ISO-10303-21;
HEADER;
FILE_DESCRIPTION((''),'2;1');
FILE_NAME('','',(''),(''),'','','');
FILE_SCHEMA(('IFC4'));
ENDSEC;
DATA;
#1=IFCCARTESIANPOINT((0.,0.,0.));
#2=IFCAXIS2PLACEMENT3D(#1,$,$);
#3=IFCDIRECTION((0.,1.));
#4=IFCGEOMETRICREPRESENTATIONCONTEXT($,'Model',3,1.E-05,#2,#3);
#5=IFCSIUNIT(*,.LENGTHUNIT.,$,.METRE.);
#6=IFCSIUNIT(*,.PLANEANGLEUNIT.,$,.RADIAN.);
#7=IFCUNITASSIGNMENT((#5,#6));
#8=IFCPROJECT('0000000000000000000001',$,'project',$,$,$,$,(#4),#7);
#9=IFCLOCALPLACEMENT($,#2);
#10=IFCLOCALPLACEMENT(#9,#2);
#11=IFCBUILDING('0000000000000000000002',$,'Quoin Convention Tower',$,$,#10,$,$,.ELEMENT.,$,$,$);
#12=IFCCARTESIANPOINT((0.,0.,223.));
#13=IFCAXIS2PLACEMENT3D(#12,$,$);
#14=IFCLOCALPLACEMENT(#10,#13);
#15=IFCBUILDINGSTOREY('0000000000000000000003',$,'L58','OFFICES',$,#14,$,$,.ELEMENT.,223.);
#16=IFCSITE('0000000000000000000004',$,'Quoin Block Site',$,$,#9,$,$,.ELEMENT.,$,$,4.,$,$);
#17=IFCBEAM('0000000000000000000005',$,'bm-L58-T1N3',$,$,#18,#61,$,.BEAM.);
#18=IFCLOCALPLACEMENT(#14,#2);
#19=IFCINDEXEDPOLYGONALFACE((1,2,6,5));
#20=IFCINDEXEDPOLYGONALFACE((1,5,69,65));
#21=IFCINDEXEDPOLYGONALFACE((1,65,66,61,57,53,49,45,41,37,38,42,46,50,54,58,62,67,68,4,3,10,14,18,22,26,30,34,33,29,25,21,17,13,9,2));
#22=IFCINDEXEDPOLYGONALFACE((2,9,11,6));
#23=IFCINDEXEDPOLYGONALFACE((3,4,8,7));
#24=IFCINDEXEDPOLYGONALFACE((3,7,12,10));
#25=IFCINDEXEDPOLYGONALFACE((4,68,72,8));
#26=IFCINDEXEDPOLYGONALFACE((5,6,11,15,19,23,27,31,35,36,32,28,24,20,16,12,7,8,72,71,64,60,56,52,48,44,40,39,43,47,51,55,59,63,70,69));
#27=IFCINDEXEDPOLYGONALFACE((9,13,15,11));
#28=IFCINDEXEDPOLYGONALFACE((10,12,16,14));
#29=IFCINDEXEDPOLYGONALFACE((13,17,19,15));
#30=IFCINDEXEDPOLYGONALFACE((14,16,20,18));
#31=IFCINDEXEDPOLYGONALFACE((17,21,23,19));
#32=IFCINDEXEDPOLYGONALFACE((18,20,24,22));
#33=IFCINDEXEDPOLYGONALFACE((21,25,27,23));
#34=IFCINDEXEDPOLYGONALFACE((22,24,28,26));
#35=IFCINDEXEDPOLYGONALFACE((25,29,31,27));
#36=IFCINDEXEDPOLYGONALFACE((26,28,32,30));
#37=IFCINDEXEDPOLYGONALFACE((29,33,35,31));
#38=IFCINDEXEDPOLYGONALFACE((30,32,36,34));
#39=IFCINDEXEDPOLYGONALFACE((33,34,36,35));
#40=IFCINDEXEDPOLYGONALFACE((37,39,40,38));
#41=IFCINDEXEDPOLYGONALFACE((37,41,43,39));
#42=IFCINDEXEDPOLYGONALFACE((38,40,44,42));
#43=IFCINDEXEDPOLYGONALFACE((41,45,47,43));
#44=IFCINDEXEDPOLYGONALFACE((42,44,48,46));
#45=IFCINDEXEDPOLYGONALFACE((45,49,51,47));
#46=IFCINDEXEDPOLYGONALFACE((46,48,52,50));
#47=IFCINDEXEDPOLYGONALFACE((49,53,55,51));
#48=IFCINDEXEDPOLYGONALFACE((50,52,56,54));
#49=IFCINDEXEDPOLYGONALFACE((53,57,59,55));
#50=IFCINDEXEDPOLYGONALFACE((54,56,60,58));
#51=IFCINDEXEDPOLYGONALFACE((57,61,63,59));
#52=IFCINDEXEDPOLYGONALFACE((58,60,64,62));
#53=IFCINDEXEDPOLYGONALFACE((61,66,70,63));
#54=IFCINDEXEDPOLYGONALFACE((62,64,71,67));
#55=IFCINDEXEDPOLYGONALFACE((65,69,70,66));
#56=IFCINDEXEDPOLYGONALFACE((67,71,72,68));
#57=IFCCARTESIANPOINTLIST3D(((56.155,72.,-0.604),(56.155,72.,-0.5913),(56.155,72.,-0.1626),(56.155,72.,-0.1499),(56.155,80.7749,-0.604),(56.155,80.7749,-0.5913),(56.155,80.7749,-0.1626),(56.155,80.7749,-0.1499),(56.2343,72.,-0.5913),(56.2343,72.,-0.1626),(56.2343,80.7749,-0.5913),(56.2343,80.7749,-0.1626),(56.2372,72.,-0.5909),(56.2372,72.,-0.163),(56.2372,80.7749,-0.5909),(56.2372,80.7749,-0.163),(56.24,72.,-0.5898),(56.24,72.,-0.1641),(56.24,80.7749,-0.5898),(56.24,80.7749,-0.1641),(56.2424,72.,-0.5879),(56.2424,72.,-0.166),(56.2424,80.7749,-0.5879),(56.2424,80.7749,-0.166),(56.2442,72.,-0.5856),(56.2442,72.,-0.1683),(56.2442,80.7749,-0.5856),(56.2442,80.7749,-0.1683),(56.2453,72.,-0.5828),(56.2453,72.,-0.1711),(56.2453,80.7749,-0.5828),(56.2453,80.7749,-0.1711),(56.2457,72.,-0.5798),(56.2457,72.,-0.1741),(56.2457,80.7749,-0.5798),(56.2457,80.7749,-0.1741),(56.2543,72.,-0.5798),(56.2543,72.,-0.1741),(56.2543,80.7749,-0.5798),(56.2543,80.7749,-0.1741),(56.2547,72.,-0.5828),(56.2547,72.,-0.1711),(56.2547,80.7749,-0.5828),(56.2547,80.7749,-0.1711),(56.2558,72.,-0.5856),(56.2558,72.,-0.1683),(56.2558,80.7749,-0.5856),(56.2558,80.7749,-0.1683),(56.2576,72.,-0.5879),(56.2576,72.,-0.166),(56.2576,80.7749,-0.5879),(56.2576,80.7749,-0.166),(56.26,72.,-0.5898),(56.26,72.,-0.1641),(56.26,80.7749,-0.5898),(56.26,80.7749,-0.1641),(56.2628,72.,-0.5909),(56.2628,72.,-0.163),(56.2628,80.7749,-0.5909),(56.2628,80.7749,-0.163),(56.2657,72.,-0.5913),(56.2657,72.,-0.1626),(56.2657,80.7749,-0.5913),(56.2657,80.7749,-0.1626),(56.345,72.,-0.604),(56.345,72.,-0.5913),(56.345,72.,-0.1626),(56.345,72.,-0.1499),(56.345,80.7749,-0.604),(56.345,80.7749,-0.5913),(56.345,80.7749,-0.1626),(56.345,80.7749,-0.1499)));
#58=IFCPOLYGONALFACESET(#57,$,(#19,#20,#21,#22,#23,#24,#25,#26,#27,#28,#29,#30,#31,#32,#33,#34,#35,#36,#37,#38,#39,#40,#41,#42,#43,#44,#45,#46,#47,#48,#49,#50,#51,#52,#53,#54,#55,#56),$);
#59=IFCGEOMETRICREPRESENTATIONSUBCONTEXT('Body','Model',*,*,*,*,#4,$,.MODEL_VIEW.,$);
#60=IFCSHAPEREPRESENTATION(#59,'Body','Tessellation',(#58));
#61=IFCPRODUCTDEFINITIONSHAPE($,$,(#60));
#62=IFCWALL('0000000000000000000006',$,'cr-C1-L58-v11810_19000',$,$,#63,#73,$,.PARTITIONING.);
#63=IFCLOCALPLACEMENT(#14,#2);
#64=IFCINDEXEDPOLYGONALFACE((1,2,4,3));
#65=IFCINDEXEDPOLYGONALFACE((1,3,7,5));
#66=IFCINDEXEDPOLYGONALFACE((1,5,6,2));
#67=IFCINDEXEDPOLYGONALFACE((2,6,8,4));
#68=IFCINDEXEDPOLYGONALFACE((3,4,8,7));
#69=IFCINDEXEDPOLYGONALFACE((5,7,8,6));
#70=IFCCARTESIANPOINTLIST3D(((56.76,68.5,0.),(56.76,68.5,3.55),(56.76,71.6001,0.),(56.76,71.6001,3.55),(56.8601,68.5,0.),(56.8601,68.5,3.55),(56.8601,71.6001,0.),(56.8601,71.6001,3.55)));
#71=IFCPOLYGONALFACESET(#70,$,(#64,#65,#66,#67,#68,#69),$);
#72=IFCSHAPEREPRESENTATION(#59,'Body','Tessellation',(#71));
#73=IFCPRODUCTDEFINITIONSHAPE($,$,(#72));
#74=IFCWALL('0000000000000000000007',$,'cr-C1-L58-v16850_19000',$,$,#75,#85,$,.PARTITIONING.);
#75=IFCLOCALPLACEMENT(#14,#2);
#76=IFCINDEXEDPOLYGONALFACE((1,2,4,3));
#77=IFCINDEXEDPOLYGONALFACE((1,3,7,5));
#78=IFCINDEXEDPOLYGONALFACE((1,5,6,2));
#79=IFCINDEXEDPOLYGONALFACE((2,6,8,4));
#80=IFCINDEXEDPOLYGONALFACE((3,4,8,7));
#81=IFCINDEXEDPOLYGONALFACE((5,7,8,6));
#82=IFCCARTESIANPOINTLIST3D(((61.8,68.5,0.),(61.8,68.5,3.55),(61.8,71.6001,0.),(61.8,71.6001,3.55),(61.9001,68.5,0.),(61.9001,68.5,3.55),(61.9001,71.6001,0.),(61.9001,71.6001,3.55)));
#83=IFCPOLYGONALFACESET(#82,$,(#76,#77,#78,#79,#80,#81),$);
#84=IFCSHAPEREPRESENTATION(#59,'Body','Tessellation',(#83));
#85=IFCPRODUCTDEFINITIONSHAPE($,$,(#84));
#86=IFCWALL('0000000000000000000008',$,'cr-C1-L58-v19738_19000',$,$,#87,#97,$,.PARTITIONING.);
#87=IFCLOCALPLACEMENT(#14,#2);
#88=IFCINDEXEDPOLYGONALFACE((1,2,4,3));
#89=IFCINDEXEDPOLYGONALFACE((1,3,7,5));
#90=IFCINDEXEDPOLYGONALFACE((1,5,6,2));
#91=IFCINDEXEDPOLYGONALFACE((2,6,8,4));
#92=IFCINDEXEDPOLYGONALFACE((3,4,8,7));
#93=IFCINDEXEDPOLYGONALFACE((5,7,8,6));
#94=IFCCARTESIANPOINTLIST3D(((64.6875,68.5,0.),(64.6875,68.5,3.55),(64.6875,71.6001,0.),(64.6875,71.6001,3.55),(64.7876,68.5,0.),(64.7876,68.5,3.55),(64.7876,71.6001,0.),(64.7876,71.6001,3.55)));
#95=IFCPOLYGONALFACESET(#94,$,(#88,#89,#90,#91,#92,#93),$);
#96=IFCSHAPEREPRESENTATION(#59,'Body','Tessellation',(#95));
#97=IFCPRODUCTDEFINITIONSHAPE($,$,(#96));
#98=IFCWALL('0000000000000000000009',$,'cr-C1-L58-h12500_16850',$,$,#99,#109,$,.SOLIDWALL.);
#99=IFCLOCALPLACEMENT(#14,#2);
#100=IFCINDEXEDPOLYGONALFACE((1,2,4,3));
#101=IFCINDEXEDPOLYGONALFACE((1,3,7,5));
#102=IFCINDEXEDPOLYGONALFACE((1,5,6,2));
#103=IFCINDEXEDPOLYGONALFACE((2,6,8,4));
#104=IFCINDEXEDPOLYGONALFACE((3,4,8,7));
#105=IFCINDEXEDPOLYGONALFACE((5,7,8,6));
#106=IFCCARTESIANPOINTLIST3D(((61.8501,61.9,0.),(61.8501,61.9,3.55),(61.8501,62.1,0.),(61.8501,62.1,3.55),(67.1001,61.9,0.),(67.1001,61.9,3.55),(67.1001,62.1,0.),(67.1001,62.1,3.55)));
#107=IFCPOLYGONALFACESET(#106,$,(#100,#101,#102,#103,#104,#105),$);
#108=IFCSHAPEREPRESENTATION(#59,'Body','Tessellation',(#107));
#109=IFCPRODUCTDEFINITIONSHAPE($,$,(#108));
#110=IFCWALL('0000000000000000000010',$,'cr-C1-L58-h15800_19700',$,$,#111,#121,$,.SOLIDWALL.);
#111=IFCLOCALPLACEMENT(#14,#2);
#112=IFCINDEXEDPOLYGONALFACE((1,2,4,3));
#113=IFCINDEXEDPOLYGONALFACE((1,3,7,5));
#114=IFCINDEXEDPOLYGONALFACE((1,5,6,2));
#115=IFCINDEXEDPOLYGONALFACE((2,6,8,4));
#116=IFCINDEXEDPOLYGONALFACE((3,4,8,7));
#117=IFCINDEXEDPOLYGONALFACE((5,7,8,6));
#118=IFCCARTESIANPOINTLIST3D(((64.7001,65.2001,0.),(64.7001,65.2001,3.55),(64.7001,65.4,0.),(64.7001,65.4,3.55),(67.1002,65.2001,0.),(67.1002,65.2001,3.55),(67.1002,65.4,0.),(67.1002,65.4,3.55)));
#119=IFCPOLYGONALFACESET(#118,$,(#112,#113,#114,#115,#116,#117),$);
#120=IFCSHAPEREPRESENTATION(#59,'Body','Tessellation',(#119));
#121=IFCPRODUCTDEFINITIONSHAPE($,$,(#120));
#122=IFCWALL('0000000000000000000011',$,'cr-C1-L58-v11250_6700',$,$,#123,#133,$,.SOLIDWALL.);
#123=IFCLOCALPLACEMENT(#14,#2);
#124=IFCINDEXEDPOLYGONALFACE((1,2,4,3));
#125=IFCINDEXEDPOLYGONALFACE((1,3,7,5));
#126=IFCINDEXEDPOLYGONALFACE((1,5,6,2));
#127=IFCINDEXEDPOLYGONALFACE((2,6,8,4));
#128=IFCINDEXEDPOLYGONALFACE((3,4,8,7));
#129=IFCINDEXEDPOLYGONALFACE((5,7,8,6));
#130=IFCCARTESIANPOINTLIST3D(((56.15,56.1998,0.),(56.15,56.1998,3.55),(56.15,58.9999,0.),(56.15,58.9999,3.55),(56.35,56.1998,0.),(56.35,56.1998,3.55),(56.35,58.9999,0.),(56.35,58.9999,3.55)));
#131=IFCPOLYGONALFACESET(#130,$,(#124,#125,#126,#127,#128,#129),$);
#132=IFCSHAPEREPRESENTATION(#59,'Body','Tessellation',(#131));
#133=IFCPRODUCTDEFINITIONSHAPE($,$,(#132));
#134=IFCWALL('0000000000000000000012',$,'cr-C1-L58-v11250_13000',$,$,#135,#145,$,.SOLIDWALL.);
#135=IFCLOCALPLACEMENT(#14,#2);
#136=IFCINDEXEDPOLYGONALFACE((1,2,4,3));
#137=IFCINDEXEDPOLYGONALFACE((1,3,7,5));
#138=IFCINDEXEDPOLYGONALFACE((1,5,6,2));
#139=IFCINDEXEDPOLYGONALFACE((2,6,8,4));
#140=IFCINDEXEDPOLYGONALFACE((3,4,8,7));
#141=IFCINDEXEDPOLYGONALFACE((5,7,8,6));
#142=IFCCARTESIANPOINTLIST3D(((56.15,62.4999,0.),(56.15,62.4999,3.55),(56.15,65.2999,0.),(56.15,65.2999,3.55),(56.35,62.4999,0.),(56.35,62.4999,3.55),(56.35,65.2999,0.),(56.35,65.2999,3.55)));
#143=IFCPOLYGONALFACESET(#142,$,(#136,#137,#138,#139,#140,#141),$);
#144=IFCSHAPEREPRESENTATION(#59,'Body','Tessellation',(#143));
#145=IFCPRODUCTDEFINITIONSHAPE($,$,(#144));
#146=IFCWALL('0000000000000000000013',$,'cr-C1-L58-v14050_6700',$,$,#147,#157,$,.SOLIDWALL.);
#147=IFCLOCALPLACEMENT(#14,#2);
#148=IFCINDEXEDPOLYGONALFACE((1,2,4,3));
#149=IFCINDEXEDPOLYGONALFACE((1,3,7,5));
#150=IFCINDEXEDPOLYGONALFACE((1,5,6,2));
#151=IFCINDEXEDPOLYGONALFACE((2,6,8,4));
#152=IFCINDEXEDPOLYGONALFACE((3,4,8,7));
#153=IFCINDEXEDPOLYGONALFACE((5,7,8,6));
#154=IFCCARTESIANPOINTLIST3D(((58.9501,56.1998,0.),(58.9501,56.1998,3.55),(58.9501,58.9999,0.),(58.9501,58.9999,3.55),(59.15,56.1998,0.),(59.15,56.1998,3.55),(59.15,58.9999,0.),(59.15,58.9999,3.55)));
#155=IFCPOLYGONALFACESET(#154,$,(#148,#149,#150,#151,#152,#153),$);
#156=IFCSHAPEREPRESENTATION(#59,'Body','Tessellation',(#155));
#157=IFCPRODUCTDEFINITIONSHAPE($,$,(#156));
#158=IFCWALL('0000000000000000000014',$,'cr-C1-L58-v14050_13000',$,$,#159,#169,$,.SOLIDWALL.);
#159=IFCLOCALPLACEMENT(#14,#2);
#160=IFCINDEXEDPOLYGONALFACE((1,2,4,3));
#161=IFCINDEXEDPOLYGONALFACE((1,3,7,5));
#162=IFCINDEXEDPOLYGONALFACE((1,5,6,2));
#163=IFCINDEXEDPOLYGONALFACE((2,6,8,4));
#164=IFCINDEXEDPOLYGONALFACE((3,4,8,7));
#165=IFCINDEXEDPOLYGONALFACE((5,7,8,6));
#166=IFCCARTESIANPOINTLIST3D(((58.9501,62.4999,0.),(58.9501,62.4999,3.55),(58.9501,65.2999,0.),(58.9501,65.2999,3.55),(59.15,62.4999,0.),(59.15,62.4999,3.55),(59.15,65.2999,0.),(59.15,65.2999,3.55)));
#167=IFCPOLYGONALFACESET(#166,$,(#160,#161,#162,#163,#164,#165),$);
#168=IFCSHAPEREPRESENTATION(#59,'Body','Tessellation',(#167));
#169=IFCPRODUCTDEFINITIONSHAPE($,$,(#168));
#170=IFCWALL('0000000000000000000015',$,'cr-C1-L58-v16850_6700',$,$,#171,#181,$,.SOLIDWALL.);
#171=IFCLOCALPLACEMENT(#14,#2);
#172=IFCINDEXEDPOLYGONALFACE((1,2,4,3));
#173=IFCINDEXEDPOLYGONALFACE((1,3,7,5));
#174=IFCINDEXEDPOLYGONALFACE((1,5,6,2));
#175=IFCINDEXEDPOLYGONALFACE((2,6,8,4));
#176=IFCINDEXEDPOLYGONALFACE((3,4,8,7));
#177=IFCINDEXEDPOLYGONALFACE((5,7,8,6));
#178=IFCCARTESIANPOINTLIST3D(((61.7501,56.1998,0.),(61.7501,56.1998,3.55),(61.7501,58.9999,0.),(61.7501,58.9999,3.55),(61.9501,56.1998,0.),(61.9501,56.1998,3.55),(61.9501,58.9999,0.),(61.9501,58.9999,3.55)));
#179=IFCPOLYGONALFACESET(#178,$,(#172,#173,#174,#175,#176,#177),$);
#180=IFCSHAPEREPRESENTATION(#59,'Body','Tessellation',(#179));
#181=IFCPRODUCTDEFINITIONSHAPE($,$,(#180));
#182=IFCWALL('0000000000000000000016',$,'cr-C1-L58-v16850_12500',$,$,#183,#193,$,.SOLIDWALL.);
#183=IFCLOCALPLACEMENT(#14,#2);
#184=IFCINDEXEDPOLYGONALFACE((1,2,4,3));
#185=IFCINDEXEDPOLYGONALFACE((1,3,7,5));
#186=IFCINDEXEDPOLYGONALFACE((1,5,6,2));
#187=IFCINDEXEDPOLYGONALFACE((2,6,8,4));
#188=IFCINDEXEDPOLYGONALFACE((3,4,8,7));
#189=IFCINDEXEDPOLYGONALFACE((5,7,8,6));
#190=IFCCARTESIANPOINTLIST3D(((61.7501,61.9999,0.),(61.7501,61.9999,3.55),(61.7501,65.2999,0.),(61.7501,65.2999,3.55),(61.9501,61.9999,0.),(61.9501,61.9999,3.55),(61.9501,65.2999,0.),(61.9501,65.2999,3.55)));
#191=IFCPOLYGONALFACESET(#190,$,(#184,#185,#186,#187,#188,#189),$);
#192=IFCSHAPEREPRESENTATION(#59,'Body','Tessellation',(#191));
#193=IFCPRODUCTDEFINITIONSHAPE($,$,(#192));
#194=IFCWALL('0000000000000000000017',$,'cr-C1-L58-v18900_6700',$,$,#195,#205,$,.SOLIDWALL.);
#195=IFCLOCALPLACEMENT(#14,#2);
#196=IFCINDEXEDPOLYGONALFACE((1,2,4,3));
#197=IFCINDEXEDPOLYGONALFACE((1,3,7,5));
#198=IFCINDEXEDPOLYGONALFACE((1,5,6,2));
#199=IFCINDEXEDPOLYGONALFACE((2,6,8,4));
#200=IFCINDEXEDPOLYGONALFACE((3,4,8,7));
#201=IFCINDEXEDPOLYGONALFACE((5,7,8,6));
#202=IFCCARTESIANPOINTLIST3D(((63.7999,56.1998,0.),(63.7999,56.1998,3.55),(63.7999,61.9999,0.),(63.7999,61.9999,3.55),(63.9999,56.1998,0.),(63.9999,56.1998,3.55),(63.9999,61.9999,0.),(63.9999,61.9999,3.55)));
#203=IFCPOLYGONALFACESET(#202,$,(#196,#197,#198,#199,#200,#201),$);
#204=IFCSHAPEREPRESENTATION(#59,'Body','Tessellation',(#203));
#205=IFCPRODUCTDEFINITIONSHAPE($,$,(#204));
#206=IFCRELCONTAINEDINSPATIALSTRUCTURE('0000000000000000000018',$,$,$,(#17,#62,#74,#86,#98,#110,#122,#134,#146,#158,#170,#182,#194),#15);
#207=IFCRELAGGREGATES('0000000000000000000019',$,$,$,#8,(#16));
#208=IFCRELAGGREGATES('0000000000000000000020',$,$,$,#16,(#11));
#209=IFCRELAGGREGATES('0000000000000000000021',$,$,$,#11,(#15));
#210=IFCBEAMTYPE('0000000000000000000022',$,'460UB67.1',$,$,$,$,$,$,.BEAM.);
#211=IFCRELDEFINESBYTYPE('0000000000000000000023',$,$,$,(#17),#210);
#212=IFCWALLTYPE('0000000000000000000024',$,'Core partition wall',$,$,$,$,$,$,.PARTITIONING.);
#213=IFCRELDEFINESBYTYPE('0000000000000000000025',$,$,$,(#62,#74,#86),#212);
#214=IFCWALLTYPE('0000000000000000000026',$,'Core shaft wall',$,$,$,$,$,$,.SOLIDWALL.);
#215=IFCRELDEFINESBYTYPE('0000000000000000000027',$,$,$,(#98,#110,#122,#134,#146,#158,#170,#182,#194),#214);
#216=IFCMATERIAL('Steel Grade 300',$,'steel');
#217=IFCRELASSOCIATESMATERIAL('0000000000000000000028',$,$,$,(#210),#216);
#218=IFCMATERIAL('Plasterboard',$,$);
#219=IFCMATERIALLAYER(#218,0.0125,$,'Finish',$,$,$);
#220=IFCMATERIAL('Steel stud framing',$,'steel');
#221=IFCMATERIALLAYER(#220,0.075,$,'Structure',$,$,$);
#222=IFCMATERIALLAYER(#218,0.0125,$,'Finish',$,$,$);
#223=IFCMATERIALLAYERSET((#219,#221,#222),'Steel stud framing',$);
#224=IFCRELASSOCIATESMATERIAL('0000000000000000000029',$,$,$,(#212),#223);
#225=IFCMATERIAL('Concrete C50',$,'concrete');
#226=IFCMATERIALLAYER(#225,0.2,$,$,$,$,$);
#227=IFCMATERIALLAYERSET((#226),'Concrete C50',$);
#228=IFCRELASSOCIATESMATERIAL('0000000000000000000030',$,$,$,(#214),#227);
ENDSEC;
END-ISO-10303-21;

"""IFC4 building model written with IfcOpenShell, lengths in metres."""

from ifc_helpers import new_model, si_unit, direction, frame, frame_2d, origin, origin_2d, place, context, subcontext, project, spatial, rectangle, i_section, extrude, material, layer, layer_set, material_profile, profile_set, type_object, element, save


model = new_model("IFC4")

# Units and contexts
model_context = context("Model", 3, precision=1e-05, world=origin(), true_north=direction((0.0, 1.0)))
body_context = subcontext(model_context, "Body", "Model", "MODEL_VIEW")
ifc_project = project(units=[si_unit("LENGTHUNIT", "METRE"), si_unit("PLANEANGLEUNIT", "RADIAN")], contexts=[model_context])

# Site, building, storey
site_placement = place(None, origin())
site = spatial("IfcSite", under=ifc_project, at=site_placement, Name="Quoin Block Site", CompositionType="ELEMENT", RefElevation=4.0)
building_placement = place(site_placement, origin())
building = spatial("IfcBuilding", under=site, at=building_placement, Name="Quoin Convention Tower", CompositionType="ELEMENT")
storey_placement = place(building_placement, frame((0.0, 0.0, 223.0)))
storey = spatial("IfcBuildingStorey", under=building, at=storey_placement, Name="L58", Description="OFFICES", CompositionType="ELEMENT", Elevation=223.0)

# Beam
ifc_material_1 = material(Name="Steel Grade 300", Category="steel")
ifc_material_profile = material_profile(ifc_material_1, i_section(OverallWidth=0.1899, OverallDepth=0.4541, WebThickness=0.0085, FlangeThickness=0.0127, FilletRadius=0.0115, at=origin_2d()), Name="460UB67.1")
ifc_profile_set = profile_set([ifc_material_profile], Name="Steel Grade 300")
beam_type = type_object("IfcBeamType", Name="460UB67.1", PredefinedType="BEAM", material=ifc_profile_set)
beam_placement = place(storey_placement, frame((56.25, 72.0, -0.377), z_axis=(0.0, 1.0, 0.0), x_axis=(-1.0, 0.0, 0.0)))
element("IfcBeam", 1, at=beam_placement, inside=storey, type_object=beam_type, Name="bm-L58-T1N3", PredefinedType="BEAM", context=body_context, shape_type="SweptSolid", body=[
    extrude(i_section(OverallWidth=0.1899, OverallDepth=0.4541, WebThickness=0.0085, FlangeThickness=0.0127, FilletRadius=0.0115, at=origin_2d()), origin(), (0.0, 0.0, 1.0), 8.7749),
])

# Walls
ifc_material_2 = material(Name="Plasterboard")
ifc_layer_1 = layer(ifc_material_2, 0.0125, Name="Finish")
ifc_material_3 = material(Name="Steel stud framing", Category="steel")
ifc_layer_2 = layer(ifc_material_3, 0.075, Name="Structure")
ifc_layer_3 = layer(ifc_material_2, 0.0125, Name="Finish")
ifc_layer_set_1 = layer_set([ifc_layer_1, ifc_layer_2, ifc_layer_3], Name="Steel stud framing")
wall_type_1 = type_object("IfcWallType", Name="Core partition wall", PredefinedType="PARTITIONING", material=ifc_layer_set_1)
for number, where, z_axis, x_axis, name in (
    (2, (56.8101, 68.5, 0.0), (0.0, 0.0, 1.0), (0.0, 1.0, 0.0), "cr-C1-L58-v11810_19000"),
    (3, (61.8501, 68.5, 0.0), (0.0, 0.0, 1.0), (0.0, 1.0, 0.0), "cr-C1-L58-v16850_19000"),
    (4, (64.7375, 68.5, 0.0), (0.0, 0.0, 1.0), (0.0, 1.0, 0.0), "cr-C1-L58-v19738_19000"),
):
    element("IfcWall", number, at=place(storey_placement, frame(where, z_axis=z_axis, x_axis=x_axis)), inside=storey, type_object=wall_type_1, Name=name, PredefinedType="PARTITIONING", context=body_context, shape_type="SweptSolid", body=[
        extrude(rectangle(XDim=3.1001, YDim=0.1001, at=frame_2d((1.55, 0.0))), origin(), (0.0, 0.0, 1.0), 3.55),
    ])
ifc_material_4 = material(Name="Concrete C50", Category="concrete")
ifc_layer_4 = layer(ifc_material_4, 0.2)
ifc_layer_set_2 = layer_set([ifc_layer_4], Name="Concrete C50")
wall_type_2 = type_object("IfcWallType", Name="Core shaft wall", PredefinedType="SOLIDWALL", material=ifc_layer_set_2)
wall_1_placement = place(storey_placement, frame((61.8501, 62.0, 0.0), z_axis=(0.0, 0.0, 1.0), x_axis=(1.0, 0.0, 0.0)))
element("IfcWall", 5, at=wall_1_placement, inside=storey, type_object=wall_type_2, Name="cr-C1-L58-h12500_16850", PredefinedType="SOLIDWALL", context=body_context, shape_type="SweptSolid", body=[
    extrude(rectangle(XDim=5.25, YDim=0.2, at=frame_2d((2.625, 0.0))), origin(), (0.0, 0.0, 1.0), 3.55),
])
wall_2_placement = place(storey_placement, frame((64.7, 65.3, 0.0), z_axis=(0.0, 0.0, 1.0), x_axis=(1.0, 0.0, 0.0)))
element("IfcWall", 6, at=wall_2_placement, inside=storey, type_object=wall_type_2, Name="cr-C1-L58-h15800_19700", PredefinedType="SOLIDWALL", context=body_context, shape_type="SweptSolid", body=[
    extrude(rectangle(XDim=2.4001, YDim=0.2, at=frame_2d((1.2002, 0.0))), origin(), (0.0, 0.0, 1.0), 3.55),
])
for number, where, z_axis, x_axis, name in (
    (7, (56.25, 56.2, 0.0), (0.0, 0.0, 1.0), (0.0, 1.0, 0.0), "cr-C1-L58-v11250_6700"),
    (8, (56.25, 62.5, 0.0), (0.0, 0.0, 1.0), (0.0, 1.0, 0.0), "cr-C1-L58-v11250_13000"),
    (9, (59.05, 56.2, 0.0), (0.0, 0.0, 1.0), (0.0, 1.0, 0.0), "cr-C1-L58-v14050_6700"),
    (10, (59.05, 62.5, 0.0), (0.0, 0.0, 1.0), (0.0, 1.0, 0.0), "cr-C1-L58-v14050_13000"),
    (11, (61.8501, 56.2, 0.0), (0.0, 0.0, 1.0), (0.0, 1.0, 0.0), "cr-C1-L58-v16850_6700"),
):
    element("IfcWall", number, at=place(storey_placement, frame(where, z_axis=z_axis, x_axis=x_axis)), inside=storey, type_object=wall_type_2, Name=name, PredefinedType="SOLIDWALL", context=body_context, shape_type="SweptSolid", body=[
        extrude(rectangle(XDim=2.8, YDim=0.2, at=frame_2d((1.3999, 0.0))), origin(), (0.0, 0.0, 1.0), 3.55),
    ])
wall_3_placement = place(storey_placement, frame((61.8501, 62.0, 0.0), z_axis=(0.0, 0.0, 1.0), x_axis=(0.0, 1.0, 0.0)))
element("IfcWall", 12, at=wall_3_placement, inside=storey, type_object=wall_type_2, Name="cr-C1-L58-v16850_12500", PredefinedType="SOLIDWALL", context=body_context, shape_type="SweptSolid", body=[
    extrude(rectangle(XDim=3.3, YDim=0.2, at=frame_2d((1.6499, 0.0))), origin(), (0.0, 0.0, 1.0), 3.55),
])
wall_4_placement = place(storey_placement, frame((63.8999, 56.2, 0.0), z_axis=(0.0, 0.0, 1.0), x_axis=(0.0, 1.0, 0.0)))
element("IfcWall", 13, at=wall_4_placement, inside=storey, type_object=wall_type_2, Name="cr-C1-L58-v18900_6700", PredefinedType="SOLIDWALL", context=body_context, shape_type="SweptSolid", body=[
    extrude(rectangle(XDim=5.8, YDim=0.2, at=frame_2d((2.8999, 0.0))), origin(), (0.0, 0.0, 1.0), 3.55),
])

save(model, "model.ifc")
